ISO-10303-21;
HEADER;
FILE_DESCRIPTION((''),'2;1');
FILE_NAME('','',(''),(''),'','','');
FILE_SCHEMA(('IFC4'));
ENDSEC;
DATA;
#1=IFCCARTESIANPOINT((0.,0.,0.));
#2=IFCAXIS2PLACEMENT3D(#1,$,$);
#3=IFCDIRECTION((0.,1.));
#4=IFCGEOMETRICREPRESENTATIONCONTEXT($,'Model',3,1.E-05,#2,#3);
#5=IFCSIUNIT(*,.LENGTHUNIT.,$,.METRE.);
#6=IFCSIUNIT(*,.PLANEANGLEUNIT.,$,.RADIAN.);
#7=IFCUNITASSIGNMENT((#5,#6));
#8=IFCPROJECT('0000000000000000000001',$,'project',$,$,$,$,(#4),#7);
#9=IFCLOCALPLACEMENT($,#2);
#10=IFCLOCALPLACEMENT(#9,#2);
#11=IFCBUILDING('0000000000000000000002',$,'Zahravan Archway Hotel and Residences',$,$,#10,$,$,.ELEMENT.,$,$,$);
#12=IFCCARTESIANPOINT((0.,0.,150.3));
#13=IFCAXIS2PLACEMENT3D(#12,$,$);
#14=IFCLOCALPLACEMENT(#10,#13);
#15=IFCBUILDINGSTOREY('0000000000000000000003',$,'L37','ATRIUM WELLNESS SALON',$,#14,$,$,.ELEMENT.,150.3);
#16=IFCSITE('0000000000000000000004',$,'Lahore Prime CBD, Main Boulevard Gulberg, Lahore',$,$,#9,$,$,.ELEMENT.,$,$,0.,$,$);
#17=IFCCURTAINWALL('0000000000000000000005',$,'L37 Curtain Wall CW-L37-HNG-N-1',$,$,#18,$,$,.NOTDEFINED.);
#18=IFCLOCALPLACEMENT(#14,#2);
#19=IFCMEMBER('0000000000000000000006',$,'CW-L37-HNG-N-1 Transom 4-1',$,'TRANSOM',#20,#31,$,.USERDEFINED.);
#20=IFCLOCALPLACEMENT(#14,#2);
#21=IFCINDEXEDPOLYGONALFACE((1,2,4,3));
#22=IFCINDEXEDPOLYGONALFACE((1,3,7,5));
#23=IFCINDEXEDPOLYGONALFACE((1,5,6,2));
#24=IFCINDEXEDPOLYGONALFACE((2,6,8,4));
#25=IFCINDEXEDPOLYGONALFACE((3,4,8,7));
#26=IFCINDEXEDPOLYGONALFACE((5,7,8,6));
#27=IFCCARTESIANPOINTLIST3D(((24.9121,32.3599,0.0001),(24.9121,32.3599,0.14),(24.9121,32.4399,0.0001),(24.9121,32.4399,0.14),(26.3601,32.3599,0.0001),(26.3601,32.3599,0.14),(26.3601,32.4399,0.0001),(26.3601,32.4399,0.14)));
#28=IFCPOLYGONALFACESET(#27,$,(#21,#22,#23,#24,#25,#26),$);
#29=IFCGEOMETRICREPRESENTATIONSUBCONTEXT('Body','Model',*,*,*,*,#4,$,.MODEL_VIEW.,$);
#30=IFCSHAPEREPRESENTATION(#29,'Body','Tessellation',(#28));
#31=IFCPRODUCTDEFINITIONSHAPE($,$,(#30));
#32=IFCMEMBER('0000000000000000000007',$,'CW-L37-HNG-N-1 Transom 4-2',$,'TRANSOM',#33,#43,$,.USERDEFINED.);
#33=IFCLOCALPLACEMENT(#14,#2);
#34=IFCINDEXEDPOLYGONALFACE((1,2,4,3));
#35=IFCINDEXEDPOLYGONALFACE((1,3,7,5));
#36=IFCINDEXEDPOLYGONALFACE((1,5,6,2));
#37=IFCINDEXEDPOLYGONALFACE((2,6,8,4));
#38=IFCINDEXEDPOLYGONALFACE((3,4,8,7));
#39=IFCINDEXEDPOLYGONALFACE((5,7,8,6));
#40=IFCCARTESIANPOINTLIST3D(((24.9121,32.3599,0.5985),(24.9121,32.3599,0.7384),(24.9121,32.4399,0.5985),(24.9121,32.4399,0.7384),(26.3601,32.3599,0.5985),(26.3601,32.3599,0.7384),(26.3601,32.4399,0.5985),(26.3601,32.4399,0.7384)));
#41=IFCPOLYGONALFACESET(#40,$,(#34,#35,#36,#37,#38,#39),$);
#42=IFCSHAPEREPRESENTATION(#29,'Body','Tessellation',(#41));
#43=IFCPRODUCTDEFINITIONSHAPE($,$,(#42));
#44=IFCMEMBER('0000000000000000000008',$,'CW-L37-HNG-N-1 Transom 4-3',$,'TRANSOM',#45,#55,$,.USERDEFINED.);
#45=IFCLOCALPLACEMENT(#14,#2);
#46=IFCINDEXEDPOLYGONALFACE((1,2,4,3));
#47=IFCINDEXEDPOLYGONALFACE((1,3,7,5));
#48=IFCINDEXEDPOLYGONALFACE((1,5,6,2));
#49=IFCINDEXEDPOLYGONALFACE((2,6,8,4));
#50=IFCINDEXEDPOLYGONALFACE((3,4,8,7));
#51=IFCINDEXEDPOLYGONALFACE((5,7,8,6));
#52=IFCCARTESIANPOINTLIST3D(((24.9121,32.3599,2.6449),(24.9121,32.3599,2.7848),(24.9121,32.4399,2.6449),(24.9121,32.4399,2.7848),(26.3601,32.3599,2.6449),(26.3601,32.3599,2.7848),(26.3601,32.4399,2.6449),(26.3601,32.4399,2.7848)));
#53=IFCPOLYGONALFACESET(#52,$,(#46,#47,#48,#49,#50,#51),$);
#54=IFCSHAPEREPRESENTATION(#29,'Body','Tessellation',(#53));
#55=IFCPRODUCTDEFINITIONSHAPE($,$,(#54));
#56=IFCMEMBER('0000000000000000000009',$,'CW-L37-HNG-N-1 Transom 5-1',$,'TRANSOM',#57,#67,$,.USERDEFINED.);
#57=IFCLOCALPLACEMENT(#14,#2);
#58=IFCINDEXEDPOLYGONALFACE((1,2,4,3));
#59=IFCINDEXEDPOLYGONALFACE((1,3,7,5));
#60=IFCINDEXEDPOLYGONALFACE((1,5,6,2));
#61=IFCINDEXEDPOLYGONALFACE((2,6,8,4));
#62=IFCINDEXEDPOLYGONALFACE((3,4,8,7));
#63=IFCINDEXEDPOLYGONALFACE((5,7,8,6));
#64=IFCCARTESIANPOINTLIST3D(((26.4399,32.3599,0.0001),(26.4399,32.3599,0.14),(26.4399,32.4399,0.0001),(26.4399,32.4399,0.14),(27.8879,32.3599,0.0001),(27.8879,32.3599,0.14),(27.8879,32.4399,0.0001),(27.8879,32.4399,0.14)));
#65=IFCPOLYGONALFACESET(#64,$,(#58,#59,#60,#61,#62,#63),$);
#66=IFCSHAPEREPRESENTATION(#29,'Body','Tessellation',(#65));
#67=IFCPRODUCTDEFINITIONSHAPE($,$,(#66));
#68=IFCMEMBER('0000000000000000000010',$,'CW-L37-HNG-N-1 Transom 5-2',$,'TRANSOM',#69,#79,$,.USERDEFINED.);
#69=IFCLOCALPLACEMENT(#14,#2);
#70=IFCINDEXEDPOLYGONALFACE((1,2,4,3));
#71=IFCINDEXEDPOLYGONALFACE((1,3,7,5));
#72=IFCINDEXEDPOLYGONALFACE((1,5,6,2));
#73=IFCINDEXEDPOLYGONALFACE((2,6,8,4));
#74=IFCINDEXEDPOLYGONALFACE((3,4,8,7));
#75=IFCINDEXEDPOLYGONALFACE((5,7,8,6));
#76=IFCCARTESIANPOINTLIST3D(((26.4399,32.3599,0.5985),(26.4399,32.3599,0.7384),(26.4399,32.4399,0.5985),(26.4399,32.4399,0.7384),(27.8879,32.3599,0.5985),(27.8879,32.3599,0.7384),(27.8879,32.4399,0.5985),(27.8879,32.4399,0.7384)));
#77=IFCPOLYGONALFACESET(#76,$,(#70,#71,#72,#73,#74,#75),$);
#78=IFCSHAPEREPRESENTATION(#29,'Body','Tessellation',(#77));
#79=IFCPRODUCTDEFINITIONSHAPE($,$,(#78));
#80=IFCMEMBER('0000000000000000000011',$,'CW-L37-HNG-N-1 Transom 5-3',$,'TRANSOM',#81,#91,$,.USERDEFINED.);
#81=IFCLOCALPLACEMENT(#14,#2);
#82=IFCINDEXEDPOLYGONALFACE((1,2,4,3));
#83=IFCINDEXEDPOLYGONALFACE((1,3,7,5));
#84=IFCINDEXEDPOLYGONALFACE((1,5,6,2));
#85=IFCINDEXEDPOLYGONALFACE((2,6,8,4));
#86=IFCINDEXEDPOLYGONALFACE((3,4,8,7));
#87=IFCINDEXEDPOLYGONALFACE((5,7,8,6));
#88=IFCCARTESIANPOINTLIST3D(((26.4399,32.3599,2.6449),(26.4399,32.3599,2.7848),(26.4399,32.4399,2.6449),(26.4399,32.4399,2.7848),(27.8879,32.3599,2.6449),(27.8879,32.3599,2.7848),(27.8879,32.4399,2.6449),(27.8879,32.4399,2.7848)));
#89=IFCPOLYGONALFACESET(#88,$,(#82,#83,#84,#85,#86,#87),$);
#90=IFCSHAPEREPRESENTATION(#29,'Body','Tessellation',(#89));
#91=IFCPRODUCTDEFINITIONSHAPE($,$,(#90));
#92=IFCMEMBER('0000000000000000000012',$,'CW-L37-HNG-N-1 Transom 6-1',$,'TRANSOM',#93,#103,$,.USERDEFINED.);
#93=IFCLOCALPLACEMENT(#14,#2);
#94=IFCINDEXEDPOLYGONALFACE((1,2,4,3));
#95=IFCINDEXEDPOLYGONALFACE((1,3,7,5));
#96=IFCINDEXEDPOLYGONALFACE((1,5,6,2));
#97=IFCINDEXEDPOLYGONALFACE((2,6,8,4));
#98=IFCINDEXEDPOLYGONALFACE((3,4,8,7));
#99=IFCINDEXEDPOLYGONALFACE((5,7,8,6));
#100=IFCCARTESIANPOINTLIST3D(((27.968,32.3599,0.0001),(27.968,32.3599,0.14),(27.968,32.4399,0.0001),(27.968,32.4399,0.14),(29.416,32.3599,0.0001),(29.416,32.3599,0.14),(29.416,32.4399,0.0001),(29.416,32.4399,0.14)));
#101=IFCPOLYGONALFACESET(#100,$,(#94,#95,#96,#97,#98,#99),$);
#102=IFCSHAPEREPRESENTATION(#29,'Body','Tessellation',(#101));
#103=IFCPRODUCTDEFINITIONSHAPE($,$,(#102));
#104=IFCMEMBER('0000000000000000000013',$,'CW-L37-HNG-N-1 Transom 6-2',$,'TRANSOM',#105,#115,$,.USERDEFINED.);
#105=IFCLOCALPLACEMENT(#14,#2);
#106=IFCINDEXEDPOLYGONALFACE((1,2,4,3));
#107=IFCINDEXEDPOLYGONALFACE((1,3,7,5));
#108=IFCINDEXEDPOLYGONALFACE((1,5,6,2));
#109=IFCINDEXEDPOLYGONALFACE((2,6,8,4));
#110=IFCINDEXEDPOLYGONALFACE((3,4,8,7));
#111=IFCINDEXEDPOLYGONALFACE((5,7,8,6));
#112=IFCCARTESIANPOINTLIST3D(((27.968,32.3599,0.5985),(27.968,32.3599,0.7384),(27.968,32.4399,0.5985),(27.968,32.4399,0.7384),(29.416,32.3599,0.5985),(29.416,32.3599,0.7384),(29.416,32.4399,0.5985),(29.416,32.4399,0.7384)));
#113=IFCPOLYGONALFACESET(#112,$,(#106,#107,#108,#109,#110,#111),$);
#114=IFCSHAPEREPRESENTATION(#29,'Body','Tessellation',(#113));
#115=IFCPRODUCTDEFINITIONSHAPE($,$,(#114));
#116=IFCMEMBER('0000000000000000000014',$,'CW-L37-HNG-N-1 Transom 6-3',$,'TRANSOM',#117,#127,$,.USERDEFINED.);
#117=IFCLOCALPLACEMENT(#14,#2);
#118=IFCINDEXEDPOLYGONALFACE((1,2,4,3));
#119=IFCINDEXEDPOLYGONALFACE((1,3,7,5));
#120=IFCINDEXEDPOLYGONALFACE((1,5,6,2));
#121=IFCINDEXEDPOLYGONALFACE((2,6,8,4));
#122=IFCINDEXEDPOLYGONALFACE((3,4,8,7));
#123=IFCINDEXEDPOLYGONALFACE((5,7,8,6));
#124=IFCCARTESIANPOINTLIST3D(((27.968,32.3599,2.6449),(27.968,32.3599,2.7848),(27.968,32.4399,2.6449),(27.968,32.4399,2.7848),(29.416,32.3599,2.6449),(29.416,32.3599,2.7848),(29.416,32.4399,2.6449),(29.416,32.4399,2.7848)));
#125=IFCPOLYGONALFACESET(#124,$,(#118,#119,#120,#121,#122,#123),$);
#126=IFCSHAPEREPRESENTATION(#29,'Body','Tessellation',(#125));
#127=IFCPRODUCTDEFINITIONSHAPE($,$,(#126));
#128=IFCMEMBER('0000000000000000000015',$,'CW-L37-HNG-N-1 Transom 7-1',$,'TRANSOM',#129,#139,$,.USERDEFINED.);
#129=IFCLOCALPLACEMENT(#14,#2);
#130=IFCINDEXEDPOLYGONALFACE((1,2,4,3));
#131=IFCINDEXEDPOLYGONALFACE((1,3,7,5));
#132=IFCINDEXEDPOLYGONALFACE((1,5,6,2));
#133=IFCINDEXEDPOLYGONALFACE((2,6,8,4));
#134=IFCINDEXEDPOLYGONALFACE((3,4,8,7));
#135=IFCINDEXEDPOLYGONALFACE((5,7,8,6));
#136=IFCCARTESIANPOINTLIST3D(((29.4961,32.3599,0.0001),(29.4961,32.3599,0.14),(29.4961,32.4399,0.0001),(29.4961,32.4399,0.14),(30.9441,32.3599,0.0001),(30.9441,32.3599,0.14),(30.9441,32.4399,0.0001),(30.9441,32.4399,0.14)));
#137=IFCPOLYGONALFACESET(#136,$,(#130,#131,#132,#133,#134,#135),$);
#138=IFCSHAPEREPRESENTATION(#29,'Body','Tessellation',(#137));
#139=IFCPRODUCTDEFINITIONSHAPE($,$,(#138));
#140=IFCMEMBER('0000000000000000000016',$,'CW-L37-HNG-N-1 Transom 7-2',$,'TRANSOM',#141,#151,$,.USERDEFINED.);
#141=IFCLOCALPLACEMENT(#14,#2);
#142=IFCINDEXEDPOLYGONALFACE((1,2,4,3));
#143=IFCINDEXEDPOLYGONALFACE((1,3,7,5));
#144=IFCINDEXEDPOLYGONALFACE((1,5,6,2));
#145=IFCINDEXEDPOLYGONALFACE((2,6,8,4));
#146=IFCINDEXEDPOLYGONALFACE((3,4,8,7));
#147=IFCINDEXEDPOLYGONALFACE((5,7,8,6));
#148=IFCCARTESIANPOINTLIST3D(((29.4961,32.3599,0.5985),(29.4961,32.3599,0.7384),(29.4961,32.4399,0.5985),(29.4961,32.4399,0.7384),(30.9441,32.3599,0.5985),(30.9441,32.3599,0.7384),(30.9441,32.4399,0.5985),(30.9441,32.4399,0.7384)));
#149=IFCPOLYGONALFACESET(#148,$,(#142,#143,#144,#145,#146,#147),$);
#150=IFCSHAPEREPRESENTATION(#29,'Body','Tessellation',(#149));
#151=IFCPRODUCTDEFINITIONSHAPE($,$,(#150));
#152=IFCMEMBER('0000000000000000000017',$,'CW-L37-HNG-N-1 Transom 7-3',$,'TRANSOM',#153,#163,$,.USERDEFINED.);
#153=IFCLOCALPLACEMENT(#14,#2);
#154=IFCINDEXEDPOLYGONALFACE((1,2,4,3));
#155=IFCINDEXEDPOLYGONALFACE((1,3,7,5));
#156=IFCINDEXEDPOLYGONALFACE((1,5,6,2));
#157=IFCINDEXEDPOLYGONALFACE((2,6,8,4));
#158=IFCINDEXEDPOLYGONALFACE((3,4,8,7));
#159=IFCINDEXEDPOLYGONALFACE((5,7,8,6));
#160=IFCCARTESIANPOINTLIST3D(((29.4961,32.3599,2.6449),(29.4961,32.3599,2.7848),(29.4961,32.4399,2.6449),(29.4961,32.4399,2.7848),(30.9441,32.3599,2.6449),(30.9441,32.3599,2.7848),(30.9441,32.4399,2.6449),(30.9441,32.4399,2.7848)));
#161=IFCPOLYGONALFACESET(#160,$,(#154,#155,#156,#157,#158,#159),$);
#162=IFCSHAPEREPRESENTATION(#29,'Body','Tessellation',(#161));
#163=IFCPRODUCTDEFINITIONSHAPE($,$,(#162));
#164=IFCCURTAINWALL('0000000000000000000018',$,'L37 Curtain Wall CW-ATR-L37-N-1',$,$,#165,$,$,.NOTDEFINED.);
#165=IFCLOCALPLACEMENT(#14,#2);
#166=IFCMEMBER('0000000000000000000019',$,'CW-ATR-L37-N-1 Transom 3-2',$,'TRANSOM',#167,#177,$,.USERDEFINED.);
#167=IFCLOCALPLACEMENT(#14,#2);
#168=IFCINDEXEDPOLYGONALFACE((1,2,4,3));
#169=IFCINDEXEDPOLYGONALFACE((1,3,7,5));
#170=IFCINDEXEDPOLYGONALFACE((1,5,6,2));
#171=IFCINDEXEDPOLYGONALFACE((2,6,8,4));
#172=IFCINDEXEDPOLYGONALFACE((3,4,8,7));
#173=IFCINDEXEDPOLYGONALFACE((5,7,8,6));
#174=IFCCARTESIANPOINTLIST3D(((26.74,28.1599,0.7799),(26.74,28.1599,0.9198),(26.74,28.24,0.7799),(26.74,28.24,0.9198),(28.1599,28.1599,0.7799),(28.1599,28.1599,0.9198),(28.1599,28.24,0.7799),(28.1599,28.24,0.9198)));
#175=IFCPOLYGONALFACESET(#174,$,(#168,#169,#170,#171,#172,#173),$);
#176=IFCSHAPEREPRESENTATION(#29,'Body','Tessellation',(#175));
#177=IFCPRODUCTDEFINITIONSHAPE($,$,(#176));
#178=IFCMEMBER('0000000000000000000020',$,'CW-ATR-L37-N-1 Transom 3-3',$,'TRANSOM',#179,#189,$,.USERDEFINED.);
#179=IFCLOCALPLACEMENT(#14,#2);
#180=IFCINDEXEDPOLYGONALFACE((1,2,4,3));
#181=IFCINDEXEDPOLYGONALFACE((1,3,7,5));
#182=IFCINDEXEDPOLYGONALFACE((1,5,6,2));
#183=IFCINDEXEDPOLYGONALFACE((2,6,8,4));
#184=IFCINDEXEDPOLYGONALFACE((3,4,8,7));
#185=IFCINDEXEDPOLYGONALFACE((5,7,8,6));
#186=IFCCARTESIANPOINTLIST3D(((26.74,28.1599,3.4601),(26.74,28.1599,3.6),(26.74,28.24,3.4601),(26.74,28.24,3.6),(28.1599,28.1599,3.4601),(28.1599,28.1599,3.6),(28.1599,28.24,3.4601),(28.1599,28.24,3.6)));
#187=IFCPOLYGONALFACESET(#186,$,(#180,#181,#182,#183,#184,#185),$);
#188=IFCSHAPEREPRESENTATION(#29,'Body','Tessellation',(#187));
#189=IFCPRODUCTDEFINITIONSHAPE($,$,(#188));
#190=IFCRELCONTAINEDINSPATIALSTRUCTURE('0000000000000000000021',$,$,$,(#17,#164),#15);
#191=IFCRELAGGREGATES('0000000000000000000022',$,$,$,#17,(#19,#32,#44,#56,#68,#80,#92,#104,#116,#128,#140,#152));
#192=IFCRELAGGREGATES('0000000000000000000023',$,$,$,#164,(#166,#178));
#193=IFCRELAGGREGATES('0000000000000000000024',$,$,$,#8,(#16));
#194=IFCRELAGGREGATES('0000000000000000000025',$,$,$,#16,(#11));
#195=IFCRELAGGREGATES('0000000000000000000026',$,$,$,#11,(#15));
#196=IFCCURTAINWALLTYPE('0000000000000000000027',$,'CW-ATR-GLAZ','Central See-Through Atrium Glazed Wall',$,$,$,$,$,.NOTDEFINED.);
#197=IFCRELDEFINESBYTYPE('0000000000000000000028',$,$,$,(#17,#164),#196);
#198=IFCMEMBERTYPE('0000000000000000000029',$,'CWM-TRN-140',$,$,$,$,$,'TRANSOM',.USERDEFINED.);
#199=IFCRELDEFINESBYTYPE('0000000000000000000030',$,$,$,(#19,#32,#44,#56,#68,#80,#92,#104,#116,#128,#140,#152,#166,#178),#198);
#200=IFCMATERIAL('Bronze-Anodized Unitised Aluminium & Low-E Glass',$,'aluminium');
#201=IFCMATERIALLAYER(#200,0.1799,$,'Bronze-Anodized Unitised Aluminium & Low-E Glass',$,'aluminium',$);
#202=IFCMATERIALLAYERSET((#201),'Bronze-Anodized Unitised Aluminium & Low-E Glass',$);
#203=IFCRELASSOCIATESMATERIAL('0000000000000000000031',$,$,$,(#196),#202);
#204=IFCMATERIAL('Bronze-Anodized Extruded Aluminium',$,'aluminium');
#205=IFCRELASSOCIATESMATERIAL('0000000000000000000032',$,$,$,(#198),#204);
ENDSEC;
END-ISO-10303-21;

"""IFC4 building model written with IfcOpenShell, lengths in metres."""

from ifc_helpers import new_model, si_unit, direction, frame, origin, origin_2d, place, context, subcontext, project, spatial, rectangle, extrude, source, transform, mapped, material, layer, layer_set, material_profile, profile_set, type_object, element, aggregate, save


model = new_model("IFC4")

# Units and contexts
model_context = context("Model", 3, precision=1e-05, world=origin(), true_north=direction((0.0, 1.0)))
body_context = subcontext(model_context, "Body", "Model", "MODEL_VIEW")
ifc_project = project(units=[si_unit("LENGTHUNIT", "METRE"), si_unit("PLANEANGLEUNIT", "RADIAN")], contexts=[model_context])

# Site, building, storey
site_placement = place(None, origin())
site = spatial("IfcSite", under=ifc_project, at=site_placement, Name="Lahore Prime CBD, Main Boulevard Gulberg, Lahore", CompositionType="ELEMENT", RefElevation=0.0)
building_placement = place(site_placement, origin())
building = spatial("IfcBuilding", under=site, at=building_placement, Name="Zahravan Archway Hotel and Residences", CompositionType="ELEMENT")
storey_placement = place(building_placement, frame((0.0, 0.0, 150.3)))
storey = spatial("IfcBuildingStorey", under=building, at=storey_placement, Name="L37", Description="ATRIUM WELLNESS SALON", CompositionType="ELEMENT", Elevation=150.3)

# Curtain walls, members
ifc_material_1 = material(Name="Bronze-Anodized Unitised Aluminium & Low-E Glass", Category="aluminium")
ifc_layer_1 = layer(ifc_material_1, 0.1799, Name="Bronze-Anodized Unitised Aluminium & Low-E Glass", Category="aluminium")
ifc_layer_set_1 = layer_set([ifc_layer_1], Name="Bronze-Anodized Unitised Aluminium & Low-E Glass")
curtain_wall_type = type_object("IfcCurtainWallType", Name="CW-ATR-GLAZ", Description="Central See-Through Atrium Glazed Wall", PredefinedType="NOTDEFINED", material=ifc_layer_set_1)
curtain_wall_1_placement = place(storey_placement, origin())
curtain_wall_1 = element("IfcCurtainWall", 1, at=curtain_wall_1_placement, inside=storey, type_object=curtain_wall_type, Name="L37 Curtain Wall CW-L37-HNG-N-1", PredefinedType="NOTDEFINED")
ifc_material_2 = material(Name="Bronze-Anodized Extruded Aluminium", Category="aluminium")
ifc_material_profile_1 = material_profile(ifc_material_2, rectangle(XDim=0.0801, YDim=0.1399, at=origin_2d()), Name="TRN 80x140", Category="aluminium")
ifc_profile_set_1 = profile_set([ifc_material_profile_1], Name="Bronze-Anodized Extruded Aluminium")
member_type_1 = type_object("IfcMemberType", Name="CWM-TRN-140", ElementType="TRANSOM", PredefinedType="USERDEFINED", material=ifc_profile_set_1)
shared_shape_1 = source(origin(), body_context, "Body", "SweptSolid", [
    extrude(rectangle(XDim=0.0801, YDim=0.1399, at=origin_2d()), origin(), (0.0, 0.0, 1.0), 1.448),
])
member_1_placement = place(storey_placement, frame((24.9121, 32.3999, 0.0701), z_axis=(1.0, 0.0, 0.0), x_axis=(0.0, 1.0, 0.0)))
member_1 = element("IfcMember", 2, at=member_1_placement, type_object=member_type_1, Name="CW-L37-HNG-N-1 Transom 4-1", ObjectType="TRANSOM", PredefinedType="USERDEFINED", context=body_context, shape_type="MappedRepresentation", body=[
    mapped(shared_shape_1, transform((0.0, 0.0, 0.0), scale=1.0)),
])
member_2_placement = place(storey_placement, frame((24.9121, 32.3999, 0.6685), z_axis=(1.0, 0.0, 0.0), x_axis=(0.0, 1.0, 0.0)))
member_2 = element("IfcMember", 3, at=member_2_placement, type_object=member_type_1, Name="CW-L37-HNG-N-1 Transom 4-2", ObjectType="TRANSOM", PredefinedType="USERDEFINED", context=body_context, shape_type="MappedRepresentation", body=[
    mapped(shared_shape_1, transform((0.0, 0.0, 0.0), scale=1.0)),
])
member_3_placement = place(storey_placement, frame((24.9121, 32.3999, 2.7148), z_axis=(1.0, 0.0, 0.0), x_axis=(0.0, 1.0, 0.0)))
member_3 = element("IfcMember", 4, at=member_3_placement, type_object=member_type_1, Name="CW-L37-HNG-N-1 Transom 4-3", ObjectType="TRANSOM", PredefinedType="USERDEFINED", context=body_context, shape_type="MappedRepresentation", body=[
    mapped(shared_shape_1, transform((0.0, 0.0, 0.0), scale=1.0)),
])
member_4_placement = place(storey_placement, frame((26.4399, 32.3999, 0.0701), z_axis=(1.0, 0.0, 0.0), x_axis=(0.0, 1.0, 0.0)))
member_4 = element("IfcMember", 5, at=member_4_placement, type_object=member_type_1, Name="CW-L37-HNG-N-1 Transom 5-1", ObjectType="TRANSOM", PredefinedType="USERDEFINED", context=body_context, shape_type="MappedRepresentation", body=[
    mapped(shared_shape_1, transform((0.0, 0.0, 0.0), scale=1.0)),
])
member_5_placement = place(storey_placement, frame((26.4399, 32.3999, 0.6685), z_axis=(1.0, 0.0, 0.0), x_axis=(0.0, 1.0, 0.0)))
member_5 = element("IfcMember", 6, at=member_5_placement, type_object=member_type_1, Name="CW-L37-HNG-N-1 Transom 5-2", ObjectType="TRANSOM", PredefinedType="USERDEFINED", context=body_context, shape_type="MappedRepresentation", body=[
    mapped(shared_shape_1, transform((0.0, 0.0, 0.0), scale=1.0)),
])
member_6_placement = place(storey_placement, frame((26.4399, 32.3999, 2.7148), z_axis=(1.0, 0.0, 0.0), x_axis=(0.0, 1.0, 0.0)))
member_6 = element("IfcMember", 7, at=member_6_placement, type_object=member_type_1, Name="CW-L37-HNG-N-1 Transom 5-3", ObjectType="TRANSOM", PredefinedType="USERDEFINED", context=body_context, shape_type="MappedRepresentation", body=[
    mapped(shared_shape_1, transform((0.0, 0.0, 0.0), scale=1.0)),
])
member_7_placement = place(storey_placement, frame((27.968, 32.3999, 0.0701), z_axis=(1.0, 0.0, 0.0), x_axis=(0.0, 1.0, 0.0)))
member_7 = element("IfcMember", 8, at=member_7_placement, type_object=member_type_1, Name="CW-L37-HNG-N-1 Transom 6-1", ObjectType="TRANSOM", PredefinedType="USERDEFINED", context=body_context, shape_type="MappedRepresentation", body=[
    mapped(shared_shape_1, transform((0.0, 0.0, 0.0), scale=1.0)),
])
member_8_placement = place(storey_placement, frame((27.968, 32.3999, 0.6685), z_axis=(1.0, 0.0, 0.0), x_axis=(0.0, 1.0, 0.0)))
member_8 = element("IfcMember", 9, at=member_8_placement, type_object=member_type_1, Name="CW-L37-HNG-N-1 Transom 6-2", ObjectType="TRANSOM", PredefinedType="USERDEFINED", context=body_context, shape_type="MappedRepresentation", body=[
    mapped(shared_shape_1, transform((0.0, 0.0, 0.0), scale=1.0)),
])
member_9_placement = place(storey_placement, frame((27.968, 32.3999, 2.7148), z_axis=(1.0, 0.0, 0.0), x_axis=(0.0, 1.0, 0.0)))
member_9 = element("IfcMember", 10, at=member_9_placement, type_object=member_type_1, Name="CW-L37-HNG-N-1 Transom 6-3", ObjectType="TRANSOM", PredefinedType="USERDEFINED", context=body_context, shape_type="MappedRepresentation", body=[
    mapped(shared_shape_1, transform((0.0, 0.0, 0.0), scale=1.0)),
])
member_10_placement = place(storey_placement, frame((29.4961, 32.3999, 0.0701), z_axis=(1.0, 0.0, 0.0), x_axis=(0.0, 1.0, 0.0)))
member_10 = element("IfcMember", 11, at=member_10_placement, type_object=member_type_1, Name="CW-L37-HNG-N-1 Transom 7-1", ObjectType="TRANSOM", PredefinedType="USERDEFINED", context=body_context, shape_type="MappedRepresentation", body=[
    mapped(shared_shape_1, transform((0.0, 0.0, 0.0), scale=1.0)),
])
member_11_placement = place(storey_placement, frame((29.4961, 32.3999, 0.6685), z_axis=(1.0, 0.0, 0.0), x_axis=(0.0, 1.0, 0.0)))
member_11 = element("IfcMember", 12, at=member_11_placement, type_object=member_type_1, Name="CW-L37-HNG-N-1 Transom 7-2", ObjectType="TRANSOM", PredefinedType="USERDEFINED", context=body_context, shape_type="MappedRepresentation", body=[
    mapped(shared_shape_1, transform((0.0, 0.0, 0.0), scale=1.0)),
])
member_12_placement = place(storey_placement, frame((29.4961, 32.3999, 2.7148), z_axis=(1.0, 0.0, 0.0), x_axis=(0.0, 1.0, 0.0)))
member_12 = element("IfcMember", 13, at=member_12_placement, type_object=member_type_1, Name="CW-L37-HNG-N-1 Transom 7-3", ObjectType="TRANSOM", PredefinedType="USERDEFINED", context=body_context, shape_type="MappedRepresentation", body=[
    mapped(shared_shape_1, transform((0.0, 0.0, 0.0), scale=1.0)),
])
curtain_wall_2_placement = place(storey_placement, origin())
curtain_wall_2 = element("IfcCurtainWall", 14, at=curtain_wall_2_placement, inside=storey, type_object=curtain_wall_type, Name="L37 Curtain Wall CW-ATR-L37-N-1", PredefinedType="NOTDEFINED")
shared_shape_2 = source(origin(), body_context, "Body", "SweptSolid", [
    extrude(rectangle(XDim=0.0801, YDim=0.1399, at=origin_2d()), origin(), (0.0, 0.0, 1.0), 1.4199),
])
member_13_placement = place(storey_placement, frame((26.74, 28.2, 0.8499), z_axis=(1.0, 0.0, 0.0), x_axis=(0.0, 1.0, 0.0)))
member_13 = element("IfcMember", 15, at=member_13_placement, type_object=member_type_1, Name="CW-ATR-L37-N-1 Transom 3-2", ObjectType="TRANSOM", PredefinedType="USERDEFINED", context=body_context, shape_type="MappedRepresentation", body=[
    mapped(shared_shape_2, transform((0.0, 0.0, 0.0), scale=1.0)),
])
member_14_placement = place(storey_placement, frame((26.74, 28.2, 3.53), z_axis=(1.0, 0.0, 0.0), x_axis=(0.0, 1.0, 0.0)))
member_14 = element("IfcMember", 16, at=member_14_placement, type_object=member_type_1, Name="CW-ATR-L37-N-1 Transom 3-3", ObjectType="TRANSOM", PredefinedType="USERDEFINED", context=body_context, shape_type="MappedRepresentation", body=[
    mapped(shared_shape_2, transform((0.0, 0.0, 0.0), scale=1.0)),
])

aggregate(curtain_wall_1, [member_1, member_2, member_3, member_4, member_5, member_6, member_7, member_8, member_9, member_10, member_11, member_12])
aggregate(curtain_wall_2, [member_13, member_14])

save(model, "model.ifc")
